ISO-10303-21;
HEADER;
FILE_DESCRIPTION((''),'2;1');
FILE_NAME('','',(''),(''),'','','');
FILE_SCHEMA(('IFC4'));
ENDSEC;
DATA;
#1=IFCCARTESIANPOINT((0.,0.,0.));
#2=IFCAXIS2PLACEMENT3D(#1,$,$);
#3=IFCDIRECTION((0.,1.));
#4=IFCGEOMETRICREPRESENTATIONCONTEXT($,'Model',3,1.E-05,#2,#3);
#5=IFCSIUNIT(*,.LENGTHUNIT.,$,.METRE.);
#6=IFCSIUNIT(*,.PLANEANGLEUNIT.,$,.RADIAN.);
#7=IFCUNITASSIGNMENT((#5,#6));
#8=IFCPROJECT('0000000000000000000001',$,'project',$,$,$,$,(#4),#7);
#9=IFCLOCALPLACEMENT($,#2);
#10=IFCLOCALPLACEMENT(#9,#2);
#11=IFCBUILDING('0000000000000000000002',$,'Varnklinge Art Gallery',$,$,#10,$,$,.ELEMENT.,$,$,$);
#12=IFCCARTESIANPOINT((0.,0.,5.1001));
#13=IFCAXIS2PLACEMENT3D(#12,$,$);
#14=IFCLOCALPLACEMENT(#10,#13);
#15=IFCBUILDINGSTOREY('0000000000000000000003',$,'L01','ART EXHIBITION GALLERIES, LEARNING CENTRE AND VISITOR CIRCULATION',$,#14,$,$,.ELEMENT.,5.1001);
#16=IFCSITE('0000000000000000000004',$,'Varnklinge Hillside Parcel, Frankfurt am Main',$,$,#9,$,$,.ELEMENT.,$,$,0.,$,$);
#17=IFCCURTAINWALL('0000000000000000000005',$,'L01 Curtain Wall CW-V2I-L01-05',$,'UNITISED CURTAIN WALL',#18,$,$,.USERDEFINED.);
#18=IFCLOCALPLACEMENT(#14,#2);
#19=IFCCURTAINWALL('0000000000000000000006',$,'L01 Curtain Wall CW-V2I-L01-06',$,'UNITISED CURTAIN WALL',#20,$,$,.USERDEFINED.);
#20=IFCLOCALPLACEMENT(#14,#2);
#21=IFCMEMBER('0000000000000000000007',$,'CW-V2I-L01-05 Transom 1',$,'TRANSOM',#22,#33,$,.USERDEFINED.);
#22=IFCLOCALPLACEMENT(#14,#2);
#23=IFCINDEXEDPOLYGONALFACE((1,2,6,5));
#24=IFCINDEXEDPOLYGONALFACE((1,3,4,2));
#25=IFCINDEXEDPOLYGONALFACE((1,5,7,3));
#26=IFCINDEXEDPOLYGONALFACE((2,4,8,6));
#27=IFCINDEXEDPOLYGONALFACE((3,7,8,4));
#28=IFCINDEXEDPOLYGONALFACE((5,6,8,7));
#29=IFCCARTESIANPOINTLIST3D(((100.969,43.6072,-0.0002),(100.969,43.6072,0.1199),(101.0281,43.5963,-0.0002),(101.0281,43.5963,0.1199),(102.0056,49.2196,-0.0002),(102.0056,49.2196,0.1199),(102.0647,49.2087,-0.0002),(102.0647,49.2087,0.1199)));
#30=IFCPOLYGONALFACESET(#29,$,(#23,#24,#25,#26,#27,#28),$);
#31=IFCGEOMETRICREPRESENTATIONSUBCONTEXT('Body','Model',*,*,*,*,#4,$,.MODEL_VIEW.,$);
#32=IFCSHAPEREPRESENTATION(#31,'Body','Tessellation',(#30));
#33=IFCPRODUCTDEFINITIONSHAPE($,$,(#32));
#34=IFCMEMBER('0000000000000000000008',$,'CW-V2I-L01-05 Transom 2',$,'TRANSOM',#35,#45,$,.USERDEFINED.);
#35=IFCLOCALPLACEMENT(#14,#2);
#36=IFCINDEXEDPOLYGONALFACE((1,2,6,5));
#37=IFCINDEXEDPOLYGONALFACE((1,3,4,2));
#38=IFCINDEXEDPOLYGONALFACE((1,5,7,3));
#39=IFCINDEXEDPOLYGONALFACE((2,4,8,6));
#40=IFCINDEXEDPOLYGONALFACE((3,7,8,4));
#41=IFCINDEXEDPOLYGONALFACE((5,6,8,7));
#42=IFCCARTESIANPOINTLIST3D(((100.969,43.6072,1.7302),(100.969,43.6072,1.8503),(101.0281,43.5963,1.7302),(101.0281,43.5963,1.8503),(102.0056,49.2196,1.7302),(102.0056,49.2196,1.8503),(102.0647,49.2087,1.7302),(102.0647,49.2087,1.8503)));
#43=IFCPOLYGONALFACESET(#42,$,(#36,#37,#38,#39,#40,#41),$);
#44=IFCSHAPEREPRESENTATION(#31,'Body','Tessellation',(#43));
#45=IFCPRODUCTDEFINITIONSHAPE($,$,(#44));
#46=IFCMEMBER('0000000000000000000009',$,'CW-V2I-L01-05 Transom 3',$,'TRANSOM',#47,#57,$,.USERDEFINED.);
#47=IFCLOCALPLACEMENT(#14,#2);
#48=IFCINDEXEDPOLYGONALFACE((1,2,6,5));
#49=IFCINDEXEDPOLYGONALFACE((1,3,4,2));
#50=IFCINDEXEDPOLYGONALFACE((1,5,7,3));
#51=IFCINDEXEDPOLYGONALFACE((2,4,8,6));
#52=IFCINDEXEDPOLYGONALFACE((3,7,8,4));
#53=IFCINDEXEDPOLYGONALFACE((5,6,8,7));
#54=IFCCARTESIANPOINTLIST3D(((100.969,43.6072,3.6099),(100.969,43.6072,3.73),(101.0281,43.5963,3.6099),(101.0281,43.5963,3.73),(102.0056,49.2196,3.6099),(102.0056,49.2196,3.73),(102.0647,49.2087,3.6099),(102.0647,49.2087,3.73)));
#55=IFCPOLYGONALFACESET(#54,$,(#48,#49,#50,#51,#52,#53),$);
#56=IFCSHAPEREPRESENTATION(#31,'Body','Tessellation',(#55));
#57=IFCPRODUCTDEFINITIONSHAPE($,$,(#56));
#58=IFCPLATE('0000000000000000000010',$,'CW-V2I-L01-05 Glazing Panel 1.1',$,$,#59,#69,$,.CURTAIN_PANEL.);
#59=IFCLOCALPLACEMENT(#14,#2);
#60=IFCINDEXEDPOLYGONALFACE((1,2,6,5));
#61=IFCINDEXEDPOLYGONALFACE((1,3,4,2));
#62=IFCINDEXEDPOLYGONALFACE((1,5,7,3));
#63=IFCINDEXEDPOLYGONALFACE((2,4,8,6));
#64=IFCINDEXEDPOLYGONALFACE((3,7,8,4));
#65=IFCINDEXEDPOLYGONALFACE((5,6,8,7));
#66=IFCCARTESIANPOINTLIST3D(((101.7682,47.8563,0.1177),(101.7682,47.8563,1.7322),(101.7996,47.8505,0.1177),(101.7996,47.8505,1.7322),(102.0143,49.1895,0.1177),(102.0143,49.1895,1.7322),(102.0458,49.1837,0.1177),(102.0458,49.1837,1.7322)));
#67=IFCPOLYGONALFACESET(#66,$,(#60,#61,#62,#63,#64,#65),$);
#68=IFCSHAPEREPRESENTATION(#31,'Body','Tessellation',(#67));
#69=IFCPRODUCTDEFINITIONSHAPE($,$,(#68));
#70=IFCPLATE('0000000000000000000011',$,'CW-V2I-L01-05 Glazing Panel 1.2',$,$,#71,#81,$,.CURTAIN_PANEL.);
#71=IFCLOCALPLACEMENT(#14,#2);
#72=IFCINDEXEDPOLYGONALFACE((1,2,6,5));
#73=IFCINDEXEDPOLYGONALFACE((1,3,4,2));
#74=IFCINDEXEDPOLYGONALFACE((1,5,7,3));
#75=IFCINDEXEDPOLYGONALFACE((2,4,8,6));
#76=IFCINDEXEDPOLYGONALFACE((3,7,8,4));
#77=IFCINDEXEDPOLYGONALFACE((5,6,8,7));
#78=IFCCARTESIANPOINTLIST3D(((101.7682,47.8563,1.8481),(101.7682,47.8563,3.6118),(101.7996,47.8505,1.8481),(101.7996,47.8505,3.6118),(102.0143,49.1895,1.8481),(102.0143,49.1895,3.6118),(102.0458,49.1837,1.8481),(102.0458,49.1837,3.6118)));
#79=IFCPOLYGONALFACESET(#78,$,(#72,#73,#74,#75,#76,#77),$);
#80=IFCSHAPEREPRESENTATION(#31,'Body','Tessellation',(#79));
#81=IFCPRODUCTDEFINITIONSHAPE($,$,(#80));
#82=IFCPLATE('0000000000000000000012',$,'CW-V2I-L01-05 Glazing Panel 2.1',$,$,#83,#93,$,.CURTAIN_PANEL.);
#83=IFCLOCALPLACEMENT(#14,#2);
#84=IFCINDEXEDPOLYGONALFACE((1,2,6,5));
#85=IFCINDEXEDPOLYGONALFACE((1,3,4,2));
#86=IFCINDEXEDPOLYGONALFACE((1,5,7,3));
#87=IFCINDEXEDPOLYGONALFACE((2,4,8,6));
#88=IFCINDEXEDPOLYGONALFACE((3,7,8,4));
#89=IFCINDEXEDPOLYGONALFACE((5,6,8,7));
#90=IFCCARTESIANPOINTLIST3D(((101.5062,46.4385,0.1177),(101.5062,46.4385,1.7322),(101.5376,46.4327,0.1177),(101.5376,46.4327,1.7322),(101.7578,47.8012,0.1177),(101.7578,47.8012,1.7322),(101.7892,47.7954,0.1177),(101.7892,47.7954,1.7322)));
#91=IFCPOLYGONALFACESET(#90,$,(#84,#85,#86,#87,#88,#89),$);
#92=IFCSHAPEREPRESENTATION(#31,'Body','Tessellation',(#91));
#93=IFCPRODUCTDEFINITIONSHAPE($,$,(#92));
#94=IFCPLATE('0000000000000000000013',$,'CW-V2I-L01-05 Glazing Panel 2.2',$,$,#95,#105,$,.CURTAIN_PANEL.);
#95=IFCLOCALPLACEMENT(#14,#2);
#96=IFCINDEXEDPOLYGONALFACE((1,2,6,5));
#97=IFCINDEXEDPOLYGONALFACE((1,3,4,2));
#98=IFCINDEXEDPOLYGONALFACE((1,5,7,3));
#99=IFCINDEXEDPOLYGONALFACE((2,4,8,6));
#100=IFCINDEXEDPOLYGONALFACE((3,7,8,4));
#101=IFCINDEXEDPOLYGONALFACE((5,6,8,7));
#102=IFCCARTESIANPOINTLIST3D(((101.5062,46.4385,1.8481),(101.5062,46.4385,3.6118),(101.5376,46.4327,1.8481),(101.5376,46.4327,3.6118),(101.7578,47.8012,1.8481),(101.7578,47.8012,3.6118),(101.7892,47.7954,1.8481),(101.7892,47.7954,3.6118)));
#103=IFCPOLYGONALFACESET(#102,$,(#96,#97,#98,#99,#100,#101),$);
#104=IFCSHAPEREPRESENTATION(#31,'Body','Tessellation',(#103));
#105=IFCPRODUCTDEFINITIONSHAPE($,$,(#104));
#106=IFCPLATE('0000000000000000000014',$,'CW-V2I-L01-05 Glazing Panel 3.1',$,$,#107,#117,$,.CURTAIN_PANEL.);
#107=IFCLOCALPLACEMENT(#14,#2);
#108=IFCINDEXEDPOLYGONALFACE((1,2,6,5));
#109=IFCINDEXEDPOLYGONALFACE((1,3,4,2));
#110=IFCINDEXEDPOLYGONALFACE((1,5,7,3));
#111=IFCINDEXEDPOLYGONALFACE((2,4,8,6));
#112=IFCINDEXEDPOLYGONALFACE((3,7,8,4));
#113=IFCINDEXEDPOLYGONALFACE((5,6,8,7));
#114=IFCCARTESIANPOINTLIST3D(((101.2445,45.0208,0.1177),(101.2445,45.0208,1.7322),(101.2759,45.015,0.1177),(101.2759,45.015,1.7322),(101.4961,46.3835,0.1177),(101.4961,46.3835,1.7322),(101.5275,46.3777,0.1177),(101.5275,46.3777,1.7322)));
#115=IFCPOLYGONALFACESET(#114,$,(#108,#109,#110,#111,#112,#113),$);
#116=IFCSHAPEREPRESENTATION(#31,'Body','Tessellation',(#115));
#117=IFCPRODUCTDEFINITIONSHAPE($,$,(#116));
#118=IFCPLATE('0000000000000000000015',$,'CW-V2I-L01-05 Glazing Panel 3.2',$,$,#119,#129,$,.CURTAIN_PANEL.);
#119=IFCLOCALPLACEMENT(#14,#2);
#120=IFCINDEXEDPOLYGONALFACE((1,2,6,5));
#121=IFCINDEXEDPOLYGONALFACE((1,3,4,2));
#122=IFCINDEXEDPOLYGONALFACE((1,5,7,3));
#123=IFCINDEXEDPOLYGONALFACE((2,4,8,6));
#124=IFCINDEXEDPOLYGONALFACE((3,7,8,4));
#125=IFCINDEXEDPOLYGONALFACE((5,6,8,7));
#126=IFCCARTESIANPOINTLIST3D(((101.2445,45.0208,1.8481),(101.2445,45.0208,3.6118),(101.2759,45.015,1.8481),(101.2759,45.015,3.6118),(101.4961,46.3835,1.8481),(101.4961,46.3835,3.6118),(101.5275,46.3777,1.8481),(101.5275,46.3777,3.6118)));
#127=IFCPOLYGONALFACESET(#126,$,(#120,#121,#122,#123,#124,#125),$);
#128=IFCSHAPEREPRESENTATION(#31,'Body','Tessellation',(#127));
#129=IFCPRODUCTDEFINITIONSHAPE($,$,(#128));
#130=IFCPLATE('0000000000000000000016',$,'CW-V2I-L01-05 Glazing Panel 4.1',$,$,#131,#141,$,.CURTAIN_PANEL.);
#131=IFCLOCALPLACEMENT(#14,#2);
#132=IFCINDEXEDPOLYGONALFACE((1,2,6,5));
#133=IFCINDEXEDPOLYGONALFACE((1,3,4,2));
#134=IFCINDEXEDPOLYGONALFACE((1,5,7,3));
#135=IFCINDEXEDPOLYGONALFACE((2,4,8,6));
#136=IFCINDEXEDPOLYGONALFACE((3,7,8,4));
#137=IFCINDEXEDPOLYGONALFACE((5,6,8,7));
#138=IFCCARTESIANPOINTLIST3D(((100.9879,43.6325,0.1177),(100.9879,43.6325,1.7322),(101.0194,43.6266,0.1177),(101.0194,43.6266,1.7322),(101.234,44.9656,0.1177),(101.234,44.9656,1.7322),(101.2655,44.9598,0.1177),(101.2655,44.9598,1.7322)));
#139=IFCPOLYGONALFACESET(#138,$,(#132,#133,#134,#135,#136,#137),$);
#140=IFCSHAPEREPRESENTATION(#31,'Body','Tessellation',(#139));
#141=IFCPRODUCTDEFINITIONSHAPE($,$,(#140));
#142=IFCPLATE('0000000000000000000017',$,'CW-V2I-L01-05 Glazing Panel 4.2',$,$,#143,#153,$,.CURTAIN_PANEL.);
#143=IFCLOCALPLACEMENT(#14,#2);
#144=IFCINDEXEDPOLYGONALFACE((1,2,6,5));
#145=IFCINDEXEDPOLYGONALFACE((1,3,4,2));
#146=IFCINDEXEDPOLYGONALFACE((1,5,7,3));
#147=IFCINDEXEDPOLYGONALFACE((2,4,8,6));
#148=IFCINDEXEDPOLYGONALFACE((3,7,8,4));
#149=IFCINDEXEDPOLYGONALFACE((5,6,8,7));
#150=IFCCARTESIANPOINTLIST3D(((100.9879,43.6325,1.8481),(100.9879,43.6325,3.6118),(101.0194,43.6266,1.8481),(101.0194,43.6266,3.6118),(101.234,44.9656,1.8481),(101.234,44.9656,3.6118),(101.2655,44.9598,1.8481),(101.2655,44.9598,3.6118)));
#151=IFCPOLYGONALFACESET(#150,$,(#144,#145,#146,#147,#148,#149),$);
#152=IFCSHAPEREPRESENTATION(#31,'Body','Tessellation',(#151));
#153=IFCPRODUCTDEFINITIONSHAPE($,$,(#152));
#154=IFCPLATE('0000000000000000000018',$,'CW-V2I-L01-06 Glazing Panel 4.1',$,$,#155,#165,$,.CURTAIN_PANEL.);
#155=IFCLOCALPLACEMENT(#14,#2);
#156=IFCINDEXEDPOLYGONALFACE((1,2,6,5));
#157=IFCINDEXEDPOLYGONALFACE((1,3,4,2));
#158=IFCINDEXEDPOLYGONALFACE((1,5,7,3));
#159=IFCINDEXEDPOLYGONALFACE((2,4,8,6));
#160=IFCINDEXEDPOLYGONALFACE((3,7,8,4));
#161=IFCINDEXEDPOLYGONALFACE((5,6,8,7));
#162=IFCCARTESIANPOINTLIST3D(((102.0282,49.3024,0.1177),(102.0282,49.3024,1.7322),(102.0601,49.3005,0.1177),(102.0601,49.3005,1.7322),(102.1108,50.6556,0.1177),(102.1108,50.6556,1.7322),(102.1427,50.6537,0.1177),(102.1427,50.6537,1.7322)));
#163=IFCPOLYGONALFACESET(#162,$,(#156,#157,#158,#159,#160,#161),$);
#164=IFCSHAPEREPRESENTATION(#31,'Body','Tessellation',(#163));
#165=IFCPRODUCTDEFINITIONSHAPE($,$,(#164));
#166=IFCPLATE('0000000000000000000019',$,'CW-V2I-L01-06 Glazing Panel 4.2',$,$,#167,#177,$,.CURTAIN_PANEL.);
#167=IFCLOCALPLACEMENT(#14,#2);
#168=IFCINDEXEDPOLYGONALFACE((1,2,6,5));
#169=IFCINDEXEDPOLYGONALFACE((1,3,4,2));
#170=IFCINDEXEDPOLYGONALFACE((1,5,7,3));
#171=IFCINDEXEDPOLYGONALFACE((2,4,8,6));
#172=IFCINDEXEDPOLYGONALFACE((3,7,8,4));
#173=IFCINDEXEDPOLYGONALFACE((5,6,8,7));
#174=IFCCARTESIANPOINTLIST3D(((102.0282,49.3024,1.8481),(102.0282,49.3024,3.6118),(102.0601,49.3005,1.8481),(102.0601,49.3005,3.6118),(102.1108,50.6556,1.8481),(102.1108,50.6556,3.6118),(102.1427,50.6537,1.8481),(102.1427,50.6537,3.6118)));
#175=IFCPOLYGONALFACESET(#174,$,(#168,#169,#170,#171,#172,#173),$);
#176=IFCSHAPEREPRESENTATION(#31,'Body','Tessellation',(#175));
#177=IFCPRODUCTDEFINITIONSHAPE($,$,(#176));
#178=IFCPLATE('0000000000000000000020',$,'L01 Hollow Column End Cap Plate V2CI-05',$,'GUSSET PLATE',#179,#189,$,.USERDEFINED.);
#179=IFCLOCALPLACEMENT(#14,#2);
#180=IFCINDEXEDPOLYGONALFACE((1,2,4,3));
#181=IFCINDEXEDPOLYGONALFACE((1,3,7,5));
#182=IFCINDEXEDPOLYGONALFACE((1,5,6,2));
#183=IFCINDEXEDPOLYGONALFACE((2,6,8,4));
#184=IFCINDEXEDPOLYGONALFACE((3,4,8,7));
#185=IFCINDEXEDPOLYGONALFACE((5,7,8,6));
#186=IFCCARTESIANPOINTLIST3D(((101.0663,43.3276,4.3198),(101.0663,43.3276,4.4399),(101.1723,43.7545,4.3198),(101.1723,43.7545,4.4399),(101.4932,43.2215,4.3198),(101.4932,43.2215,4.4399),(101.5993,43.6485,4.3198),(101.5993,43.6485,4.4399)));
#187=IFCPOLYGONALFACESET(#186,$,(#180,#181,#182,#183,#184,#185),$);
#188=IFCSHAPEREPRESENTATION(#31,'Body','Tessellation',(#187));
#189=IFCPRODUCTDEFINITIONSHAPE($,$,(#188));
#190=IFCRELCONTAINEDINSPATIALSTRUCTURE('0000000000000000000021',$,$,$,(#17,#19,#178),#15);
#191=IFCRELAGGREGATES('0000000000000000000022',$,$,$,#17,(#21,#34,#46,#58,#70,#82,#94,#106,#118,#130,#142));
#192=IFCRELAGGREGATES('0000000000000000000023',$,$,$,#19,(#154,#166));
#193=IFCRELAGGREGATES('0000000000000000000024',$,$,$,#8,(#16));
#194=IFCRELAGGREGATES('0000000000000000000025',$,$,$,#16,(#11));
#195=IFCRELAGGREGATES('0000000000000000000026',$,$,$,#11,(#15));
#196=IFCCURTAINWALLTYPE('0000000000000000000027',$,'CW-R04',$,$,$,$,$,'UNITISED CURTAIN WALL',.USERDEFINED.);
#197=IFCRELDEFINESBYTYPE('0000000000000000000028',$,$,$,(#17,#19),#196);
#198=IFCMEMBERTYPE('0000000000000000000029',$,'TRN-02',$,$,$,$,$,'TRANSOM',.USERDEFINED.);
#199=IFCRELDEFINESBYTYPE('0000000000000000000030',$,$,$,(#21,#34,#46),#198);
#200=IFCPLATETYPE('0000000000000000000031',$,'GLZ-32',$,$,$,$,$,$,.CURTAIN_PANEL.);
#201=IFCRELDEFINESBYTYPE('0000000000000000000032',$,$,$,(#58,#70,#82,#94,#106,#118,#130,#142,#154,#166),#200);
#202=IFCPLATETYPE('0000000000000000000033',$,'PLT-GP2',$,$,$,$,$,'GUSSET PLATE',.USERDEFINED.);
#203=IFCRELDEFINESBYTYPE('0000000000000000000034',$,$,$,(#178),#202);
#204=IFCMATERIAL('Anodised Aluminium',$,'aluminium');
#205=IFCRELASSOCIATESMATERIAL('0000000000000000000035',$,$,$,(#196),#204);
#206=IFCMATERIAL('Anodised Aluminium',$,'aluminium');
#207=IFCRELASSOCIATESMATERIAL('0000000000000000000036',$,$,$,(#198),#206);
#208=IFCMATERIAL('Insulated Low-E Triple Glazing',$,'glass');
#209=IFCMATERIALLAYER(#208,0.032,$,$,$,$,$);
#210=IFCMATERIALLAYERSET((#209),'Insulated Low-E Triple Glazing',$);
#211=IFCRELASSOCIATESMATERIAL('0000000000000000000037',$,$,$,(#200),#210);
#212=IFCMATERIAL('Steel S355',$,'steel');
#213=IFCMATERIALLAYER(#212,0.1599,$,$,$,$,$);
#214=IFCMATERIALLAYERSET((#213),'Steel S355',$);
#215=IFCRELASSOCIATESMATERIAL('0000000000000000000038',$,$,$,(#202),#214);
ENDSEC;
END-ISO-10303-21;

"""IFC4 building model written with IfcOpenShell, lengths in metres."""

from ifc_helpers import new_model, si_unit, direction, frame, origin, origin_2d, place, context, subcontext, project, spatial, rectangle, extrude, material, layer, layer_set, material_profile, profile_set, type_object, element, aggregate, save


model = new_model("IFC4")

# Units and contexts
model_context = context("Model", 3, precision=1e-05, world=origin(), true_north=direction((0.0, 1.0)))
body_context = subcontext(model_context, "Body", "Model", "MODEL_VIEW")
ifc_project = project(units=[si_unit("LENGTHUNIT", "METRE"), si_unit("PLANEANGLEUNIT", "RADIAN")], contexts=[model_context])

# Site, building, storey
site_placement = place(None, origin())
site = spatial("IfcSite", under=ifc_project, at=site_placement, Name="Varnklinge Hillside Parcel, Frankfurt am Main", CompositionType="ELEMENT", RefElevation=0.0)
building_placement = place(site_placement, origin())
building = spatial("IfcBuilding", under=site, at=building_placement, Name="Varnklinge Art Gallery", CompositionType="ELEMENT")
storey_placement = place(building_placement, frame((0.0, 0.0, 5.1001)))
storey = spatial("IfcBuildingStorey", under=building, at=storey_placement, Name="L01", Description="ART EXHIBITION GALLERIES, LEARNING CENTRE AND VISITOR CIRCULATION", CompositionType="ELEMENT", Elevation=5.1001)

# Curtain wall
ifc_material_1 = material(Name="Anodised Aluminium", Category="aluminium")
curtain_wall_type = type_object("IfcCurtainWallType", Name="CW-R04", ElementType="UNITISED CURTAIN WALL", PredefinedType="USERDEFINED", material=ifc_material_1)
curtain_wall_1_placement = place(storey_placement, origin())
curtain_wall_1 = element("IfcCurtainWall", 1, at=curtain_wall_1_placement, inside=storey, type_object=curtain_wall_type, Name="L01 Curtain Wall CW-V2I-L01-05", ObjectType="UNITISED CURTAIN WALL", PredefinedType="USERDEFINED")

# Curtain wall
curtain_wall_2_placement = place(storey_placement, origin())
curtain_wall_2 = element("IfcCurtainWall", 2, at=curtain_wall_2_placement, inside=storey, type_object=curtain_wall_type, Name="L01 Curtain Wall CW-V2I-L01-06", ObjectType="UNITISED CURTAIN WALL", PredefinedType="USERDEFINED")

# Members
ifc_material_2 = material(Name="Anodised Aluminium", Category="aluminium")
ifc_material_profile_1 = material_profile(ifc_material_2, rectangle(XDim=0.0601, YDim=0.1201, at=origin_2d()), Name="ALU 60x120")
ifc_profile_set_1 = profile_set([ifc_material_profile_1], Name="Anodised Aluminium")
member_type_1 = type_object("IfcMemberType", Name="TRN-02", ElementType="TRANSOM", PredefinedType="USERDEFINED", material=ifc_profile_set_1)
member_1_placement = place(storey_placement, frame((102.0352, 49.2141, 0.0598), z_axis=(-0.181633, -0.983366, 0.0), x_axis=(0.983366, -0.181633, 0.0)))
member_1 = element("IfcMember", 3, at=member_1_placement, type_object=member_type_1, Name="CW-V2I-L01-05 Transom 1", ObjectType="TRANSOM", PredefinedType="USERDEFINED", context=body_context, shape_type="SweptSolid", body=[
    extrude(rectangle(XDim=0.0601, YDim=0.1201, at=origin_2d()), origin(), (0.0, 0.0, 1.0), 5.7073),
])
member_2_placement = place(storey_placement, frame((102.0352, 49.2141, 1.7903), z_axis=(-0.181633, -0.983366, 0.0), x_axis=(0.983366, -0.181633, 0.0)))
member_2 = element("IfcMember", 4, at=member_2_placement, type_object=member_type_1, Name="CW-V2I-L01-05 Transom 2", ObjectType="TRANSOM", PredefinedType="USERDEFINED", context=body_context, shape_type="SweptSolid", body=[
    extrude(rectangle(XDim=0.0601, YDim=0.1201, at=origin_2d()), origin(), (0.0, 0.0, 1.0), 5.7073),
])
member_3_placement = place(storey_placement, frame((102.0352, 49.2141, 3.6699), z_axis=(-0.181633, -0.983366, 0.0), x_axis=(0.983366, -0.181633, 0.0)))
member_3 = element("IfcMember", 5, at=member_3_placement, type_object=member_type_1, Name="CW-V2I-L01-05 Transom 3", ObjectType="TRANSOM", PredefinedType="USERDEFINED", context=body_context, shape_type="SweptSolid", body=[
    extrude(rectangle(XDim=0.0601, YDim=0.1201, at=origin_2d()), origin(), (0.0, 0.0, 1.0), 5.7073),
])

# Plates
ifc_material_3 = material(Name="Insulated Low-E Triple Glazing", Category="glass")
ifc_layer_1 = layer(ifc_material_3, 0.032)
ifc_layer_set_1 = layer_set([ifc_layer_1], Name="Insulated Low-E Triple Glazing")
plate_type_1 = type_object("IfcPlateType", Name="GLZ-32", PredefinedType="CURTAIN_PANEL", material=ifc_layer_set_1)
plate_1_placement = place(storey_placement, frame((101.907, 48.52, 0.1177), z_axis=(0.0, 0.0, 1.0), x_axis=(-0.181549, -0.983382, 0.0)))
plate_1 = element("IfcPlate", 6, at=plate_1_placement, type_object=plate_type_1, Name="CW-V2I-L01-05 Glazing Panel 1.1", PredefinedType="CURTAIN_PANEL", context=body_context, shape_type="SweptSolid", body=[
    extrude(rectangle(XDim=1.3557, YDim=0.032, at=origin_2d()), origin(), (0.0, 0.0, 1.0), 1.6145),
])
plate_2_placement = place(storey_placement, frame((101.907, 48.52, 1.8481), z_axis=(0.0, 0.0, 1.0), x_axis=(-0.181549, -0.983382, 0.0)))
plate_2 = element("IfcPlate", 7, at=plate_2_placement, type_object=plate_type_1, Name="CW-V2I-L01-05 Glazing Panel 1.2", PredefinedType="CURTAIN_PANEL", context=body_context, shape_type="SweptSolid", body=[
    extrude(rectangle(XDim=1.3557, YDim=0.032, at=origin_2d()), origin(), (0.0, 0.0, 1.0), 1.7637),
])
plate_3_placement = place(storey_placement, frame((101.6477, 47.1169, 0.1177), z_axis=(0.0, 0.0, 1.0), x_axis=(-0.181549, -0.983382, 0.0)))
plate_3 = element("IfcPlate", 8, at=plate_3_placement, type_object=plate_type_1, Name="CW-V2I-L01-05 Glazing Panel 2.1", PredefinedType="CURTAIN_PANEL", context=body_context, shape_type="SweptSolid", body=[
    extrude(rectangle(XDim=1.3857, YDim=0.032, at=origin_2d()), origin(), (0.0, 0.0, 1.0), 1.6145),
])
plate_4_placement = place(storey_placement, frame((101.6477, 47.1169, 1.8481), z_axis=(0.0, 0.0, 1.0), x_axis=(-0.181549, -0.983382, 0.0)))
plate_4 = element("IfcPlate", 9, at=plate_4_placement, type_object=plate_type_1, Name="CW-V2I-L01-05 Glazing Panel 2.2", PredefinedType="CURTAIN_PANEL", context=body_context, shape_type="SweptSolid", body=[
    extrude(rectangle(XDim=1.3857, YDim=0.032, at=origin_2d()), origin(), (0.0, 0.0, 1.0), 1.7637),
])
plate_5_placement = place(storey_placement, frame((101.386, 45.6992, 0.1177), z_axis=(0.0, 0.0, 1.0), x_axis=(-0.181549, -0.983382, 0.0)))
plate_5 = element("IfcPlate", 10, at=plate_5_placement, type_object=plate_type_1, Name="CW-V2I-L01-05 Glazing Panel 3.1", PredefinedType="CURTAIN_PANEL", context=body_context, shape_type="SweptSolid", body=[
    extrude(rectangle(XDim=1.3857, YDim=0.032, at=origin_2d()), origin(), (0.0, 0.0, 1.0), 1.6145),
])
plate_6_placement = place(storey_placement, frame((101.386, 45.6992, 1.8481), z_axis=(0.0, 0.0, 1.0), x_axis=(-0.181549, -0.983382, 0.0)))
plate_6 = element("IfcPlate", 11, at=plate_6_placement, type_object=plate_type_1, Name="CW-V2I-L01-05 Glazing Panel 3.2", PredefinedType="CURTAIN_PANEL", context=body_context, shape_type="SweptSolid", body=[
    extrude(rectangle(XDim=1.3857, YDim=0.032, at=origin_2d()), origin(), (0.0, 0.0, 1.0), 1.7637),
])
plate_7_placement = place(storey_placement, frame((101.1267, 44.2961, 0.1177), z_axis=(0.0, 0.0, 1.0), x_axis=(-0.181549, -0.983382, 0.0)))
plate_7 = element("IfcPlate", 12, at=plate_7_placement, type_object=plate_type_1, Name="CW-V2I-L01-05 Glazing Panel 4.1", PredefinedType="CURTAIN_PANEL", context=body_context, shape_type="SweptSolid", body=[
    extrude(rectangle(XDim=1.3557, YDim=0.032, at=origin_2d()), origin(), (0.0, 0.0, 1.0), 1.6145),
])
plate_8_placement = place(storey_placement, frame((101.1267, 44.2961, 1.8481), z_axis=(0.0, 0.0, 1.0), x_axis=(-0.181549, -0.983382, 0.0)))
plate_8 = element("IfcPlate", 13, at=plate_8_placement, type_object=plate_type_1, Name="CW-V2I-L01-05 Glazing Panel 4.2", PredefinedType="CURTAIN_PANEL", context=body_context, shape_type="SweptSolid", body=[
    extrude(rectangle(XDim=1.3557, YDim=0.032, at=origin_2d()), origin(), (0.0, 0.0, 1.0), 1.7637),
])
aggregate(curtain_wall_1, [member_1, member_2, member_3, plate_1, plate_2, plate_3, plate_4, plate_5, plate_6, plate_7, plate_8])
plate_9_placement = place(storey_placement, frame((102.0854, 49.978, 0.1177), z_axis=(0.0, 0.0, 1.0), x_axis=(-0.060874, -0.998145, 0.0)))
plate_9 = element("IfcPlate", 14, at=plate_9_placement, type_object=plate_type_1, Name="CW-V2I-L01-06 Glazing Panel 4.1", PredefinedType="CURTAIN_PANEL", context=body_context, shape_type="SweptSolid", body=[
    extrude(rectangle(XDim=1.3557, YDim=0.032, at=origin_2d()), origin(), (0.0, 0.0, 1.0), 1.6145),
])
plate_10_placement = place(storey_placement, frame((102.0854, 49.978, 1.8481), z_axis=(0.0, 0.0, 1.0), x_axis=(-0.060874, -0.998145, 0.0)))
plate_10 = element("IfcPlate", 15, at=plate_10_placement, type_object=plate_type_1, Name="CW-V2I-L01-06 Glazing Panel 4.2", PredefinedType="CURTAIN_PANEL", context=body_context, shape_type="SweptSolid", body=[
    extrude(rectangle(XDim=1.3557, YDim=0.032, at=origin_2d()), origin(), (0.0, 0.0, 1.0), 1.7637),
])
aggregate(curtain_wall_2, [plate_9, plate_10])
ifc_material_4 = material(Name="Steel S355", Category="steel")
ifc_layer_2 = layer(ifc_material_4, 0.1599)
ifc_layer_set_2 = layer_set([ifc_layer_2], Name="Steel S355")
plate_type_2 = type_object("IfcPlateType", Name="PLT-GP2", ElementType="GUSSET PLATE", PredefinedType="USERDEFINED", material=ifc_layer_set_2)
plate_11_placement = place(storey_placement, frame((101.3328, 43.488, 4.3198), z_axis=(0.0, 0.0, 1.0), x_axis=(-0.970506, 0.241075, 0.0)))
element("IfcPlate", 16, at=plate_11_placement, inside=storey, type_object=plate_type_2, Name="L01 Hollow Column End Cap Plate V2CI-05", ObjectType="GUSSET PLATE", PredefinedType="USERDEFINED", context=body_context, shape_type="SweptSolid", body=[
    extrude(rectangle(XDim=0.4399, YDim=0.4399, at=origin_2d()), origin(), (0.0, 0.0, 1.0), 0.1201),
])

save(model, "model.ifc")
